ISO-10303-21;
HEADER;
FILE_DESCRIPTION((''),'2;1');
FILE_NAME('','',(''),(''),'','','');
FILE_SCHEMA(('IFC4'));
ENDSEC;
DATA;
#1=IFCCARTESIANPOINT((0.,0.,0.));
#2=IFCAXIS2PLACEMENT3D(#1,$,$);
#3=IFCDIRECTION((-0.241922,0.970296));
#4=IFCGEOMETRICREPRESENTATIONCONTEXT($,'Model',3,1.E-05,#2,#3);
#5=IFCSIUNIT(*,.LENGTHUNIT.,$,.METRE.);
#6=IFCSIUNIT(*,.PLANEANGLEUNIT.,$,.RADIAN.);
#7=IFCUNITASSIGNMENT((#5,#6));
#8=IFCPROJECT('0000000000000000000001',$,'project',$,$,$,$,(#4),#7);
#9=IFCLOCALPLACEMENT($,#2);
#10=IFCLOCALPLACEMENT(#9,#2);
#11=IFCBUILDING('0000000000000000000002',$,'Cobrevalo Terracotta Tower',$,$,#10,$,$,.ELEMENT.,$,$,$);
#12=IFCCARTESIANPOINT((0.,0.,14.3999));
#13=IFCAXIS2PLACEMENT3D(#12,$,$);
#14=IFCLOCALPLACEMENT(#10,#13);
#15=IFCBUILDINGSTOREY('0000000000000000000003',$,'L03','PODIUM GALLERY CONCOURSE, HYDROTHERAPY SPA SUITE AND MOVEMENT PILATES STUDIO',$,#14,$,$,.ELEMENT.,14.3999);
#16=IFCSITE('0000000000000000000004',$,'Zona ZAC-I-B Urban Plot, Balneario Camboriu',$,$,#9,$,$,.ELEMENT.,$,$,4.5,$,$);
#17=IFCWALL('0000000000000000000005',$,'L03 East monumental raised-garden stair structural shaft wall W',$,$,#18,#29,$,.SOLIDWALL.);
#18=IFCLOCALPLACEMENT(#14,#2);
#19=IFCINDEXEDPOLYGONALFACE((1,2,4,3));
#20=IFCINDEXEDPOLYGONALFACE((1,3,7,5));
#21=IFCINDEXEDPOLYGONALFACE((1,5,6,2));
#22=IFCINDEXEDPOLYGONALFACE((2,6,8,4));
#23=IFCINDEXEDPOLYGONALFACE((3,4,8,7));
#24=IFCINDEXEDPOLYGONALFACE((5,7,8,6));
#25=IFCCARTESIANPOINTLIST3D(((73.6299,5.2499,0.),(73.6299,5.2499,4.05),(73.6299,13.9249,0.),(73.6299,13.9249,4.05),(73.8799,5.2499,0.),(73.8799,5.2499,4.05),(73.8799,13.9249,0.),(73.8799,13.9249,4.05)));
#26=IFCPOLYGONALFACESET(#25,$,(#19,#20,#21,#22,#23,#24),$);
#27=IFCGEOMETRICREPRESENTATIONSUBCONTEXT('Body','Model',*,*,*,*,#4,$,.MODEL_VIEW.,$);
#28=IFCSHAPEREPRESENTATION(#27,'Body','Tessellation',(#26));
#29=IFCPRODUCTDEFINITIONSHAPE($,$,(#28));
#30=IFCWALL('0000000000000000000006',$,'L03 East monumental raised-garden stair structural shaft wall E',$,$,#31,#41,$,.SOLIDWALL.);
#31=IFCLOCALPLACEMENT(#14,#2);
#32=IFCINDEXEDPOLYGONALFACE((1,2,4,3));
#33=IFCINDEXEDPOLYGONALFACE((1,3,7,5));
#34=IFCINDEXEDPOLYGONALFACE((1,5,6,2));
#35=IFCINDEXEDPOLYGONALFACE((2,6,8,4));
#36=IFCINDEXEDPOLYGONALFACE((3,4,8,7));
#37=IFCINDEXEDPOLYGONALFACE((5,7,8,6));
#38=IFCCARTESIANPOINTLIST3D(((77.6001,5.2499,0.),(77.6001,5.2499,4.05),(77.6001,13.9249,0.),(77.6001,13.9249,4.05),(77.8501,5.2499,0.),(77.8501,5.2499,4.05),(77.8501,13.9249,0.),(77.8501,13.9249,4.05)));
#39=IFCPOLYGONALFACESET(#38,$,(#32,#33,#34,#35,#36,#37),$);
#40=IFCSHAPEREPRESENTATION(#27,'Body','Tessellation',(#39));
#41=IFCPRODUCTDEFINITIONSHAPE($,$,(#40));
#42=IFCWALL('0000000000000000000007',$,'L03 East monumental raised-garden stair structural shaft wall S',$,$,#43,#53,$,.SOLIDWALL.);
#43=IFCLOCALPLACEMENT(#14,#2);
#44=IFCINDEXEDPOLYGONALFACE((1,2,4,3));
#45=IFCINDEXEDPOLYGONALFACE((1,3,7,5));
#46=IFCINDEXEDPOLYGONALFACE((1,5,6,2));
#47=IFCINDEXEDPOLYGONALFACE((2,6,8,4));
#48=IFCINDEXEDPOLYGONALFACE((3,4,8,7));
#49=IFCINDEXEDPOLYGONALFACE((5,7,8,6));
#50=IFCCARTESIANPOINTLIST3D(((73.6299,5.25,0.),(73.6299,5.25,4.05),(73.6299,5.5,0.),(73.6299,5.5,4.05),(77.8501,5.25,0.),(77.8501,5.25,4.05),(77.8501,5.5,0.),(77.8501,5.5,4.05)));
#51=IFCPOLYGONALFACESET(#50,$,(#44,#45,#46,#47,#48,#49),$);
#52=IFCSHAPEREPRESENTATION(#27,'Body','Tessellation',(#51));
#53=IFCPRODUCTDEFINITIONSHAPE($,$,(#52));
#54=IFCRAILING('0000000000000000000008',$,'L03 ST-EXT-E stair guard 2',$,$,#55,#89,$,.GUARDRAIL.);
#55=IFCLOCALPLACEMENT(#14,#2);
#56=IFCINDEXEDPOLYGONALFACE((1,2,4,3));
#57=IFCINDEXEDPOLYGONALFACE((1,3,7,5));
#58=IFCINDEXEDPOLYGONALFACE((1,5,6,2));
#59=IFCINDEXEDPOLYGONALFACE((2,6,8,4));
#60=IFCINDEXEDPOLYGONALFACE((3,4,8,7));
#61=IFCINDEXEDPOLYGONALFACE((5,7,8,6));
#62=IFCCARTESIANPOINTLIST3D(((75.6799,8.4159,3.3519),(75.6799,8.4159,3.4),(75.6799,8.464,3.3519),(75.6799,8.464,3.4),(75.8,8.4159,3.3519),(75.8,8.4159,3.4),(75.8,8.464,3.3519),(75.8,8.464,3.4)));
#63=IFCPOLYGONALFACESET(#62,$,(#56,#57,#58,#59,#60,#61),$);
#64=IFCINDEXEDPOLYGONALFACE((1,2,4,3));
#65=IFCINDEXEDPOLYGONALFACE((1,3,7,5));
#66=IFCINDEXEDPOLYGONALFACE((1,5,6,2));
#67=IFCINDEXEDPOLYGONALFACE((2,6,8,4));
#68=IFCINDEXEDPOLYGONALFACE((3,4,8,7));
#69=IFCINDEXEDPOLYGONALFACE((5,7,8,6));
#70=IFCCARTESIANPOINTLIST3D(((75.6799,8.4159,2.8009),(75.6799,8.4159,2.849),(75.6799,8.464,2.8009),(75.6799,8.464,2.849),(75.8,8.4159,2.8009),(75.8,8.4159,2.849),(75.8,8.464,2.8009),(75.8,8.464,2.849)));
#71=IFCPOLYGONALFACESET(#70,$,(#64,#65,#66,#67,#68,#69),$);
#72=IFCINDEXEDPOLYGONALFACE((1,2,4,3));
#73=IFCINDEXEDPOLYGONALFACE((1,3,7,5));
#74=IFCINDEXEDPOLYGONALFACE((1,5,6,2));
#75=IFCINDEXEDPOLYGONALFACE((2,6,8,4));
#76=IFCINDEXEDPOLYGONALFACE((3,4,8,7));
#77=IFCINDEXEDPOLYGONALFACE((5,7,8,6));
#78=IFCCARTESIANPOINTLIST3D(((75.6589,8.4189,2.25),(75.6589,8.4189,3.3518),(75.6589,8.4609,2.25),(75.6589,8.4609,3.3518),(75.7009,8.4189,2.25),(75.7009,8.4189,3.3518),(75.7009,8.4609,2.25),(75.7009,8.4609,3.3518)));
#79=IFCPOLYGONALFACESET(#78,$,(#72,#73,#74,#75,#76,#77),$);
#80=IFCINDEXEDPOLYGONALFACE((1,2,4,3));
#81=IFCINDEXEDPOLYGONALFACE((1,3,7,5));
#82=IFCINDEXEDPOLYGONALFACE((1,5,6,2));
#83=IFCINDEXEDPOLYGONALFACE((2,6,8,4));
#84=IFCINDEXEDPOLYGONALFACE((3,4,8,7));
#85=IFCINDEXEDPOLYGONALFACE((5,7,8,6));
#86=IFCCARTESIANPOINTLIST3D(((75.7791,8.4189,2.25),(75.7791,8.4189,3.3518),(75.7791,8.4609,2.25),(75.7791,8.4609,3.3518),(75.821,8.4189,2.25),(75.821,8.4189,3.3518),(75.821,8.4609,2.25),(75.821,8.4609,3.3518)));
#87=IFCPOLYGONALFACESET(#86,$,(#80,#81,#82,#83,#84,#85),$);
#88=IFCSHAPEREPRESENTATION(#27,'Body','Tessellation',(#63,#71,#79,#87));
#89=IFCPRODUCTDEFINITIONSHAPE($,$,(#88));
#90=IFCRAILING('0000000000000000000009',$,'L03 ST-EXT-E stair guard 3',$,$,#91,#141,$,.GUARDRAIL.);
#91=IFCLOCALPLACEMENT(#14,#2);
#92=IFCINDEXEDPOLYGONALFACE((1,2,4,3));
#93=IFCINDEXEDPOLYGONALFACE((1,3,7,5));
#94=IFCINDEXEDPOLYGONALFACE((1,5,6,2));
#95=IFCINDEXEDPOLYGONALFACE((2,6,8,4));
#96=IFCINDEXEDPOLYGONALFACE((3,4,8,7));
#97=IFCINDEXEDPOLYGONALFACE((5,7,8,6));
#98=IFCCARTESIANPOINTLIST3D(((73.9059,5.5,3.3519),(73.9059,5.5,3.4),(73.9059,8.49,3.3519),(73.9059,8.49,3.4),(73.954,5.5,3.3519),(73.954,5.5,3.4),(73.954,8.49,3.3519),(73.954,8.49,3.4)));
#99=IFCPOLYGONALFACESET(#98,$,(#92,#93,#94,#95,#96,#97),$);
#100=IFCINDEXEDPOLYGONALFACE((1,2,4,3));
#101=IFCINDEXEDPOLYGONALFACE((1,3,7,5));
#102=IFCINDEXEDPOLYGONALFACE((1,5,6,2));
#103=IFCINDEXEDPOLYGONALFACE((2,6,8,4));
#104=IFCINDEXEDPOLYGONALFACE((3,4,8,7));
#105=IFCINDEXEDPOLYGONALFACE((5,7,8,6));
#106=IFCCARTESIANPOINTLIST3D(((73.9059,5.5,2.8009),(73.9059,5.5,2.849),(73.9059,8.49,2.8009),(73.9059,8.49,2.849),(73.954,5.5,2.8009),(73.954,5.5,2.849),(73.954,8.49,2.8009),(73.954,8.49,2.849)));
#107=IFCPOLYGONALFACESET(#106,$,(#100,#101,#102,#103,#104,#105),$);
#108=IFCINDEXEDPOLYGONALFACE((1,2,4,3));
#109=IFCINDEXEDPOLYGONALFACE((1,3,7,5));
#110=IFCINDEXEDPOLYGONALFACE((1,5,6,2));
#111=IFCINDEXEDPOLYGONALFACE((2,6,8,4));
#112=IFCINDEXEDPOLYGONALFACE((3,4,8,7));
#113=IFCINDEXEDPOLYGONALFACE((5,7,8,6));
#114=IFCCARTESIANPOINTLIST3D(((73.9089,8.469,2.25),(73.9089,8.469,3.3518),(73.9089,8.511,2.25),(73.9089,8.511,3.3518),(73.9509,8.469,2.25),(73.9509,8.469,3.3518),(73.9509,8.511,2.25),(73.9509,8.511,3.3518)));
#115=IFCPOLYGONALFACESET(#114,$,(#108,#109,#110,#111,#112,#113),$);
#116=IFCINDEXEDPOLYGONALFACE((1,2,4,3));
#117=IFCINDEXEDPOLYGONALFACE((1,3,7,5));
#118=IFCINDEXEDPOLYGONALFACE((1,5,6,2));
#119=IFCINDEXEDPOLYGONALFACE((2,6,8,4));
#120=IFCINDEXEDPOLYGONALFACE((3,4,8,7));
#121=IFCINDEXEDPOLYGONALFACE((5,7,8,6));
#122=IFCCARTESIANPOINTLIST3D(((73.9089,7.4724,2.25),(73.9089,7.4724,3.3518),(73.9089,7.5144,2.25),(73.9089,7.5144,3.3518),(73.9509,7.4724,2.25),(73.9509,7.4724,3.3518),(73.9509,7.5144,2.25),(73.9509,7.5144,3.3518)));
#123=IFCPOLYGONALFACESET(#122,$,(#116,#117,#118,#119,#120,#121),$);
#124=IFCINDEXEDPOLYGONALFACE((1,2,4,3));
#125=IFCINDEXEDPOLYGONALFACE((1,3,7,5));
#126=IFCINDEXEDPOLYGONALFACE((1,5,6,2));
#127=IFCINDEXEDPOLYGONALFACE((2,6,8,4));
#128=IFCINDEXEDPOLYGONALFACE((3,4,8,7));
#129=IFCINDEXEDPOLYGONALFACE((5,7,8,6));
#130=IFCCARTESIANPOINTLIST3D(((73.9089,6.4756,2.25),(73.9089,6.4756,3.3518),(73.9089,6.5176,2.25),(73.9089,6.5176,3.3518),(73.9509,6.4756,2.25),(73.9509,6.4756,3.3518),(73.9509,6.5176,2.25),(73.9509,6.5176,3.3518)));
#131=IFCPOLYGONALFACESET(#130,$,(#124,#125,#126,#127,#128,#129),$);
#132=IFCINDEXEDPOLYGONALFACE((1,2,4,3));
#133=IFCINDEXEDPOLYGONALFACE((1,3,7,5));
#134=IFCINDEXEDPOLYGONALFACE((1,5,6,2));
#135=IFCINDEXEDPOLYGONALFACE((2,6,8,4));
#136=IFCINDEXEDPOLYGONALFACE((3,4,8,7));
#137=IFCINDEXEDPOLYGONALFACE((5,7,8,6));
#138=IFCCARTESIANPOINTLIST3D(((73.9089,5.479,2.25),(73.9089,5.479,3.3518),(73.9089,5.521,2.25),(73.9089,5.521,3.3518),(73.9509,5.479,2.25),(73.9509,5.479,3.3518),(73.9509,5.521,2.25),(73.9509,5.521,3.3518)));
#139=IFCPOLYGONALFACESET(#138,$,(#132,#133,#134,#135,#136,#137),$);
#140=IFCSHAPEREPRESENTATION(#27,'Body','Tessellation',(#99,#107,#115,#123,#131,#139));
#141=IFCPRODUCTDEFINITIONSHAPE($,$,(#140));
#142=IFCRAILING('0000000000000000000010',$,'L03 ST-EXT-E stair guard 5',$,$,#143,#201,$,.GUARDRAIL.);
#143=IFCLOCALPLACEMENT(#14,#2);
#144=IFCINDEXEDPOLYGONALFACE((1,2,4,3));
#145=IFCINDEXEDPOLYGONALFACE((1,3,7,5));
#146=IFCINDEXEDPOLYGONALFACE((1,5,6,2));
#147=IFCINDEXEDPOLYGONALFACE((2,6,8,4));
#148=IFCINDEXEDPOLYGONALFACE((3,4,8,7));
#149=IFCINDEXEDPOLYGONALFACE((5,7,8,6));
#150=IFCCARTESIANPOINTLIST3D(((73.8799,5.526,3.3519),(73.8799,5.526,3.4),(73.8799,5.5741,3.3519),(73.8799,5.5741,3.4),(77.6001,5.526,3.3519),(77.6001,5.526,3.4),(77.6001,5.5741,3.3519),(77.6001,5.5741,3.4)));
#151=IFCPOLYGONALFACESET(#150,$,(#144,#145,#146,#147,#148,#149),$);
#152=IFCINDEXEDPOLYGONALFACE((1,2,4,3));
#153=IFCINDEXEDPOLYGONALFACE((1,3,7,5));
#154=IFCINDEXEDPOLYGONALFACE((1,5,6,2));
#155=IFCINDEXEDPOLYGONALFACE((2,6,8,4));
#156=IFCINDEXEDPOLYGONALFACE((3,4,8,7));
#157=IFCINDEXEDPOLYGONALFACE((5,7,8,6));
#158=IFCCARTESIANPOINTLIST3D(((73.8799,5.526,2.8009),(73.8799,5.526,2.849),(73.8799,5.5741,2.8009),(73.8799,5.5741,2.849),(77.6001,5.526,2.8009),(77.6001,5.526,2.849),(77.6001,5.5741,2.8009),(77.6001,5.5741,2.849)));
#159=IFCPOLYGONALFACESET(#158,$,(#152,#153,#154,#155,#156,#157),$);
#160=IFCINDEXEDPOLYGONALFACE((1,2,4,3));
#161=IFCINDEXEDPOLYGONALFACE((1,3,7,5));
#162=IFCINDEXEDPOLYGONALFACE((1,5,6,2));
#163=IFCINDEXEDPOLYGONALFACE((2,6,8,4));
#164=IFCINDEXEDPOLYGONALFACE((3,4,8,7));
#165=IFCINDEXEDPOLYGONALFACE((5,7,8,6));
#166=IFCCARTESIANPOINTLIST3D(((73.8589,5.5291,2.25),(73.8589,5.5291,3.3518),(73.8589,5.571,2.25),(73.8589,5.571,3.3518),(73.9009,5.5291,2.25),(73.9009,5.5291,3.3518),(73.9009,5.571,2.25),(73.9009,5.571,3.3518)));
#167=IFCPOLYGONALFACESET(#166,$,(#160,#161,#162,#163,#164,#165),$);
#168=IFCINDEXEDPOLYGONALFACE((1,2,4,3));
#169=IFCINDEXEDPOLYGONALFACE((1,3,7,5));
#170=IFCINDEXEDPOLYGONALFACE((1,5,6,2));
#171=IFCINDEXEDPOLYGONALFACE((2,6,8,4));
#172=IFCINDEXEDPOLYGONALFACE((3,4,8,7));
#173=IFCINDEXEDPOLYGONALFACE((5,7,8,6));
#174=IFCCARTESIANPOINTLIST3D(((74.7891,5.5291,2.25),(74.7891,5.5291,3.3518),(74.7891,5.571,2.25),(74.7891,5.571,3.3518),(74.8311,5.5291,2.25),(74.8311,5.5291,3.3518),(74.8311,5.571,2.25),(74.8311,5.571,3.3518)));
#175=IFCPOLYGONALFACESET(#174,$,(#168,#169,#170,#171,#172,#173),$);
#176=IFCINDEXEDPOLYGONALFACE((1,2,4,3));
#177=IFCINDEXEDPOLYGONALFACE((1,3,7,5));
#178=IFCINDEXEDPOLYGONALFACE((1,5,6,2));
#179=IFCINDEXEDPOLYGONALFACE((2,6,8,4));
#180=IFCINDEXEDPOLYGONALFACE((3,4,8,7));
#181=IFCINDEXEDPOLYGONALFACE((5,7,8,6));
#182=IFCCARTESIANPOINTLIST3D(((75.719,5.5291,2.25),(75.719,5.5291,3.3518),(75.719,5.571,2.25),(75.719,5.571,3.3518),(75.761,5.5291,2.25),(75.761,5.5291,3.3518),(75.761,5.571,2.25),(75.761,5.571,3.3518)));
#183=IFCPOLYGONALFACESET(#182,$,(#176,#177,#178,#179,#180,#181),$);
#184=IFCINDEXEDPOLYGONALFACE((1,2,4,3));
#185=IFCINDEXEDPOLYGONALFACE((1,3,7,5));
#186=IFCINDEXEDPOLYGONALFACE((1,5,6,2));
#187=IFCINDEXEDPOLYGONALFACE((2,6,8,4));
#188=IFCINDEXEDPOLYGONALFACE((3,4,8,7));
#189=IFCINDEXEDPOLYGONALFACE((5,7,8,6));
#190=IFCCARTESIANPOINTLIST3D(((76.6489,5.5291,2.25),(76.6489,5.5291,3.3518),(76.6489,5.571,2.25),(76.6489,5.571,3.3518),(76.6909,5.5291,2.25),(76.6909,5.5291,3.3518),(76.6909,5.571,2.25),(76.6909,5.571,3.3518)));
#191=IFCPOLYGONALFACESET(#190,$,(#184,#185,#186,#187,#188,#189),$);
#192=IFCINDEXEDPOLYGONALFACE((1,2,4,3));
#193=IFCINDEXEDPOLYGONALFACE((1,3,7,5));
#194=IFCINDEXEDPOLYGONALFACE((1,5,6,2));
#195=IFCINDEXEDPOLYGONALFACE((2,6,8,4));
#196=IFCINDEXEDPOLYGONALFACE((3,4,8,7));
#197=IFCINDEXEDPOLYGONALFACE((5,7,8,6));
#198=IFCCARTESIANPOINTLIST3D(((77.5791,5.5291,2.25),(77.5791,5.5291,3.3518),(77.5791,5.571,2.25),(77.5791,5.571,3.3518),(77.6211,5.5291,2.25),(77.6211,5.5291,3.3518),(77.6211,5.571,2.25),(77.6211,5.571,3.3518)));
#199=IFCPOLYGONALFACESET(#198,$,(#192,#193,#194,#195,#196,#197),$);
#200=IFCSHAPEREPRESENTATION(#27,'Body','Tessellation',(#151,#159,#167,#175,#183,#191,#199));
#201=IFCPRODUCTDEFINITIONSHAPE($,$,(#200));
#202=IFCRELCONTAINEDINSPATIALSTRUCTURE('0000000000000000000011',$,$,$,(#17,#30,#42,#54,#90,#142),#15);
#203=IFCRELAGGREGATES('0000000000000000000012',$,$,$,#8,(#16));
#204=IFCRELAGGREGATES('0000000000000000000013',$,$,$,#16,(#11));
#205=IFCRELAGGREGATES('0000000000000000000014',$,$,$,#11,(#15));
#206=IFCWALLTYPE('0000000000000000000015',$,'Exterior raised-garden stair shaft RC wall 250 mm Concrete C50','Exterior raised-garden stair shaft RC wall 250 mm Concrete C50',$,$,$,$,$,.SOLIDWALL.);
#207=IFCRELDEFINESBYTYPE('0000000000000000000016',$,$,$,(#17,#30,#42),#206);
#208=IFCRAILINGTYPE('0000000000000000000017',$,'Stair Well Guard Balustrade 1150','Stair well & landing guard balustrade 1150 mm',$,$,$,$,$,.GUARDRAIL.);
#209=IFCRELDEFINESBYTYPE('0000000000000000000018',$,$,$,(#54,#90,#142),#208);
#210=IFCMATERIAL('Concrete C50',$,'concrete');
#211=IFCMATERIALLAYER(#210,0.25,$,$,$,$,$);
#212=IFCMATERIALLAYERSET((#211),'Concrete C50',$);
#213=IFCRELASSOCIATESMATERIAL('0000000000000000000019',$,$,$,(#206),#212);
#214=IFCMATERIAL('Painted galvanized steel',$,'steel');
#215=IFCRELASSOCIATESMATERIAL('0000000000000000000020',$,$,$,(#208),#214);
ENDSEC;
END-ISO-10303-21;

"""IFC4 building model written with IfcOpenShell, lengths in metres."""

from ifc_helpers import new_model, si_unit, direction, frame, frame_2d, origin, origin_2d, place, context, subcontext, project, spatial, rectangle, extrude, material, layer, layer_set, type_object, element, save


model = new_model("IFC4")

# Units and contexts
model_context = context("Model", 3, precision=1e-05, world=origin(), true_north=direction((-0.241922, 0.970296)))
body_context = subcontext(model_context, "Body", "Model", "MODEL_VIEW")
ifc_project = project(units=[si_unit("LENGTHUNIT", "METRE"), si_unit("PLANEANGLEUNIT", "RADIAN")], contexts=[model_context])

# Site, building, storey
site_placement = place(None, origin())
site = spatial("IfcSite", under=ifc_project, at=site_placement, Name="Zona ZAC-I-B Urban Plot, Balneario Camboriu", CompositionType="ELEMENT", RefElevation=4.5)
building_placement = place(site_placement, origin())
building = spatial("IfcBuilding", under=site, at=building_placement, Name="Cobrevalo Terracotta Tower", CompositionType="ELEMENT")
storey_placement = place(building_placement, frame((0.0, 0.0, 14.3999)))
storey = spatial("IfcBuildingStorey", under=building, at=storey_placement, Name="L03", Description="PODIUM GALLERY CONCOURSE, HYDROTHERAPY SPA SUITE AND MOVEMENT PILATES STUDIO", CompositionType="ELEMENT", Elevation=14.3999)

# Shared definitions
ifc_material_1 = material(Name="Concrete C50", Category="concrete")

# Walls
ifc_layer_1 = layer(ifc_material_1, 0.25)
ifc_layer_set_1 = layer_set([ifc_layer_1], Name="Concrete C50")
wall_type_1 = type_object("IfcWallType", Name="Exterior raised-garden stair shaft RC wall 250 mm Concrete C50", Description="Exterior raised-garden stair shaft RC wall 250 mm Concrete C50", PredefinedType="SOLIDWALL", material=ifc_layer_set_1)
for number, where, z_axis, x_axis, name in (
    (1, (73.7549, 5.25, 0.0), (0.0, 0.0, 1.0), (0.0, 1.0, 0.0), "L03 East monumental raised-garden stair structural shaft wall W"),
    (2, (77.7251, 5.25, 0.0), (0.0, 0.0, 1.0), (0.0, 1.0, 0.0), "L03 East monumental raised-garden stair structural shaft wall E"),
):
    element("IfcWall", number, at=place(storey_placement, frame(where, z_axis=z_axis, x_axis=x_axis)), inside=storey, type_object=wall_type_1, Name=name, PredefinedType="SOLIDWALL", context=body_context, shape_type="SweptSolid", body=[
        extrude(rectangle(XDim=8.675, YDim=0.25, at=frame_2d((4.3374, 0.0))), origin(), (0.0, 0.0, 1.0), 4.05),
    ])
wall_1_placement = place(storey_placement, frame((73.6299, 5.375, 0.0), z_axis=(0.0, 0.0, 1.0), x_axis=(1.0, 0.0, 0.0)))
element("IfcWall", 3, at=wall_1_placement, inside=storey, type_object=wall_type_1, Name="L03 East monumental raised-garden stair structural shaft wall S", PredefinedType="SOLIDWALL", context=body_context, shape_type="SweptSolid", body=[
    extrude(rectangle(XDim=4.2202, YDim=0.25, at=frame_2d((2.1101, 0.0))), origin(), (0.0, 0.0, 1.0), 4.05),
])

# Railings
ifc_material_2 = material(Name="Painted galvanized steel", Category="steel")
railing_type = type_object("IfcRailingType", Name="Stair Well Guard Balustrade 1150", Description="Stair well & landing guard balustrade 1150 mm", PredefinedType="GUARDRAIL", material=ifc_material_2)
railing_1_placement = place(storey_placement, frame((75.6799, 8.4399, 2.25)))
element("IfcRailing", 4, at=railing_1_placement, inside=storey, type_object=railing_type, Name="L03 ST-EXT-E stair guard 2", PredefinedType="GUARDRAIL", context=body_context, shape_type="SweptSolid", body=[
    extrude(rectangle(XDim=0.0481, YDim=0.0481, at=origin_2d()), frame((0.0, 0.0, 1.126), z_axis=(1.0, 0.0, 0.0), x_axis=(0.0, 1.0, 0.0)), (0.0, 0.0, 1.0), 0.1201),
    extrude(rectangle(XDim=0.0481, YDim=0.0481, at=origin_2d()), frame((0.0, 0.0, 0.575), z_axis=(1.0, 0.0, 0.0), x_axis=(0.0, 1.0, 0.0)), (0.0, 0.0, 1.0), 0.1201),
    extrude(rectangle(XDim=0.042, YDim=0.042, at=origin_2d()), origin(), (0.0, 0.0, 1.0), 1.1018),
    extrude(rectangle(XDim=0.042, YDim=0.042, at=origin_2d()), frame((0.1201, 0.0, 0.0)), (0.0, 0.0, 1.0), 1.1018),
])
railing_2_placement = place(storey_placement, frame((73.9299, 8.49, 2.25)))
element("IfcRailing", 5, at=railing_2_placement, inside=storey, type_object=railing_type, Name="L03 ST-EXT-E stair guard 3", PredefinedType="GUARDRAIL", context=body_context, shape_type="SweptSolid", body=[
    extrude(rectangle(XDim=0.0481, YDim=0.0481, at=origin_2d()), frame((0.0, 0.0, 1.126), z_axis=(0.0, -1.0, 0.0), x_axis=(1.0, 0.0, 0.0)), (0.0, 0.0, 1.0), 2.99),
    extrude(rectangle(XDim=0.0481, YDim=0.0481, at=origin_2d()), frame((0.0, 0.0, 0.575), z_axis=(0.0, -1.0, 0.0), x_axis=(1.0, 0.0, 0.0)), (0.0, 0.0, 1.0), 2.99),
    extrude(rectangle(XDim=0.042, YDim=0.042, at=origin_2d()), origin(), (0.0, 0.0, 1.0), 1.1018),
    extrude(rectangle(XDim=0.042, YDim=0.042, at=origin_2d()), frame((0.0, -0.9966, 0.0)), (0.0, 0.0, 1.0), 1.1018),
    extrude(rectangle(XDim=0.042, YDim=0.042, at=origin_2d()), frame((0.0, -1.9934, 0.0)), (0.0, 0.0, 1.0), 1.1018),
    extrude(rectangle(XDim=0.042, YDim=0.042, at=origin_2d()), frame((0.0, -2.99, 0.0)), (0.0, 0.0, 1.0), 1.1018),
])
railing_3_placement = place(storey_placement, frame((73.8799, 5.55, 2.25)))
element("IfcRailing", 6, at=railing_3_placement, inside=storey, type_object=railing_type, Name="L03 ST-EXT-E stair guard 5", PredefinedType="GUARDRAIL", context=body_context, shape_type="SweptSolid", body=[
    extrude(rectangle(XDim=0.0481, YDim=0.0481, at=origin_2d()), frame((0.0, 0.0, 1.126), z_axis=(1.0, 0.0, 0.0), x_axis=(0.0, 1.0, 0.0)), (0.0, 0.0, 1.0), 3.7202),
    extrude(rectangle(XDim=0.0481, YDim=0.0481, at=origin_2d()), frame((0.0, 0.0, 0.575), z_axis=(1.0, 0.0, 0.0), x_axis=(0.0, 1.0, 0.0)), (0.0, 0.0, 1.0), 3.7202),
    extrude(rectangle(XDim=0.042, YDim=0.042, at=origin_2d()), origin(), (0.0, 0.0, 1.0), 1.1018),
    extrude(rectangle(XDim=0.042, YDim=0.042, at=origin_2d()), frame((0.9302, 0.0, 0.0)), (0.0, 0.0, 1.0), 1.1018),
    extrude(rectangle(XDim=0.042, YDim=0.042, at=origin_2d()), frame((1.8601, 0.0, 0.0)), (0.0, 0.0, 1.0), 1.1018),
    extrude(rectangle(XDim=0.042, YDim=0.042, at=origin_2d()), frame((2.79, 0.0, 0.0)), (0.0, 0.0, 1.0), 1.1018),
    extrude(rectangle(XDim=0.042, YDim=0.042, at=origin_2d()), frame((3.7202, 0.0, 0.0)), (0.0, 0.0, 1.0), 1.1018),
])

save(model, "model.ifc")
